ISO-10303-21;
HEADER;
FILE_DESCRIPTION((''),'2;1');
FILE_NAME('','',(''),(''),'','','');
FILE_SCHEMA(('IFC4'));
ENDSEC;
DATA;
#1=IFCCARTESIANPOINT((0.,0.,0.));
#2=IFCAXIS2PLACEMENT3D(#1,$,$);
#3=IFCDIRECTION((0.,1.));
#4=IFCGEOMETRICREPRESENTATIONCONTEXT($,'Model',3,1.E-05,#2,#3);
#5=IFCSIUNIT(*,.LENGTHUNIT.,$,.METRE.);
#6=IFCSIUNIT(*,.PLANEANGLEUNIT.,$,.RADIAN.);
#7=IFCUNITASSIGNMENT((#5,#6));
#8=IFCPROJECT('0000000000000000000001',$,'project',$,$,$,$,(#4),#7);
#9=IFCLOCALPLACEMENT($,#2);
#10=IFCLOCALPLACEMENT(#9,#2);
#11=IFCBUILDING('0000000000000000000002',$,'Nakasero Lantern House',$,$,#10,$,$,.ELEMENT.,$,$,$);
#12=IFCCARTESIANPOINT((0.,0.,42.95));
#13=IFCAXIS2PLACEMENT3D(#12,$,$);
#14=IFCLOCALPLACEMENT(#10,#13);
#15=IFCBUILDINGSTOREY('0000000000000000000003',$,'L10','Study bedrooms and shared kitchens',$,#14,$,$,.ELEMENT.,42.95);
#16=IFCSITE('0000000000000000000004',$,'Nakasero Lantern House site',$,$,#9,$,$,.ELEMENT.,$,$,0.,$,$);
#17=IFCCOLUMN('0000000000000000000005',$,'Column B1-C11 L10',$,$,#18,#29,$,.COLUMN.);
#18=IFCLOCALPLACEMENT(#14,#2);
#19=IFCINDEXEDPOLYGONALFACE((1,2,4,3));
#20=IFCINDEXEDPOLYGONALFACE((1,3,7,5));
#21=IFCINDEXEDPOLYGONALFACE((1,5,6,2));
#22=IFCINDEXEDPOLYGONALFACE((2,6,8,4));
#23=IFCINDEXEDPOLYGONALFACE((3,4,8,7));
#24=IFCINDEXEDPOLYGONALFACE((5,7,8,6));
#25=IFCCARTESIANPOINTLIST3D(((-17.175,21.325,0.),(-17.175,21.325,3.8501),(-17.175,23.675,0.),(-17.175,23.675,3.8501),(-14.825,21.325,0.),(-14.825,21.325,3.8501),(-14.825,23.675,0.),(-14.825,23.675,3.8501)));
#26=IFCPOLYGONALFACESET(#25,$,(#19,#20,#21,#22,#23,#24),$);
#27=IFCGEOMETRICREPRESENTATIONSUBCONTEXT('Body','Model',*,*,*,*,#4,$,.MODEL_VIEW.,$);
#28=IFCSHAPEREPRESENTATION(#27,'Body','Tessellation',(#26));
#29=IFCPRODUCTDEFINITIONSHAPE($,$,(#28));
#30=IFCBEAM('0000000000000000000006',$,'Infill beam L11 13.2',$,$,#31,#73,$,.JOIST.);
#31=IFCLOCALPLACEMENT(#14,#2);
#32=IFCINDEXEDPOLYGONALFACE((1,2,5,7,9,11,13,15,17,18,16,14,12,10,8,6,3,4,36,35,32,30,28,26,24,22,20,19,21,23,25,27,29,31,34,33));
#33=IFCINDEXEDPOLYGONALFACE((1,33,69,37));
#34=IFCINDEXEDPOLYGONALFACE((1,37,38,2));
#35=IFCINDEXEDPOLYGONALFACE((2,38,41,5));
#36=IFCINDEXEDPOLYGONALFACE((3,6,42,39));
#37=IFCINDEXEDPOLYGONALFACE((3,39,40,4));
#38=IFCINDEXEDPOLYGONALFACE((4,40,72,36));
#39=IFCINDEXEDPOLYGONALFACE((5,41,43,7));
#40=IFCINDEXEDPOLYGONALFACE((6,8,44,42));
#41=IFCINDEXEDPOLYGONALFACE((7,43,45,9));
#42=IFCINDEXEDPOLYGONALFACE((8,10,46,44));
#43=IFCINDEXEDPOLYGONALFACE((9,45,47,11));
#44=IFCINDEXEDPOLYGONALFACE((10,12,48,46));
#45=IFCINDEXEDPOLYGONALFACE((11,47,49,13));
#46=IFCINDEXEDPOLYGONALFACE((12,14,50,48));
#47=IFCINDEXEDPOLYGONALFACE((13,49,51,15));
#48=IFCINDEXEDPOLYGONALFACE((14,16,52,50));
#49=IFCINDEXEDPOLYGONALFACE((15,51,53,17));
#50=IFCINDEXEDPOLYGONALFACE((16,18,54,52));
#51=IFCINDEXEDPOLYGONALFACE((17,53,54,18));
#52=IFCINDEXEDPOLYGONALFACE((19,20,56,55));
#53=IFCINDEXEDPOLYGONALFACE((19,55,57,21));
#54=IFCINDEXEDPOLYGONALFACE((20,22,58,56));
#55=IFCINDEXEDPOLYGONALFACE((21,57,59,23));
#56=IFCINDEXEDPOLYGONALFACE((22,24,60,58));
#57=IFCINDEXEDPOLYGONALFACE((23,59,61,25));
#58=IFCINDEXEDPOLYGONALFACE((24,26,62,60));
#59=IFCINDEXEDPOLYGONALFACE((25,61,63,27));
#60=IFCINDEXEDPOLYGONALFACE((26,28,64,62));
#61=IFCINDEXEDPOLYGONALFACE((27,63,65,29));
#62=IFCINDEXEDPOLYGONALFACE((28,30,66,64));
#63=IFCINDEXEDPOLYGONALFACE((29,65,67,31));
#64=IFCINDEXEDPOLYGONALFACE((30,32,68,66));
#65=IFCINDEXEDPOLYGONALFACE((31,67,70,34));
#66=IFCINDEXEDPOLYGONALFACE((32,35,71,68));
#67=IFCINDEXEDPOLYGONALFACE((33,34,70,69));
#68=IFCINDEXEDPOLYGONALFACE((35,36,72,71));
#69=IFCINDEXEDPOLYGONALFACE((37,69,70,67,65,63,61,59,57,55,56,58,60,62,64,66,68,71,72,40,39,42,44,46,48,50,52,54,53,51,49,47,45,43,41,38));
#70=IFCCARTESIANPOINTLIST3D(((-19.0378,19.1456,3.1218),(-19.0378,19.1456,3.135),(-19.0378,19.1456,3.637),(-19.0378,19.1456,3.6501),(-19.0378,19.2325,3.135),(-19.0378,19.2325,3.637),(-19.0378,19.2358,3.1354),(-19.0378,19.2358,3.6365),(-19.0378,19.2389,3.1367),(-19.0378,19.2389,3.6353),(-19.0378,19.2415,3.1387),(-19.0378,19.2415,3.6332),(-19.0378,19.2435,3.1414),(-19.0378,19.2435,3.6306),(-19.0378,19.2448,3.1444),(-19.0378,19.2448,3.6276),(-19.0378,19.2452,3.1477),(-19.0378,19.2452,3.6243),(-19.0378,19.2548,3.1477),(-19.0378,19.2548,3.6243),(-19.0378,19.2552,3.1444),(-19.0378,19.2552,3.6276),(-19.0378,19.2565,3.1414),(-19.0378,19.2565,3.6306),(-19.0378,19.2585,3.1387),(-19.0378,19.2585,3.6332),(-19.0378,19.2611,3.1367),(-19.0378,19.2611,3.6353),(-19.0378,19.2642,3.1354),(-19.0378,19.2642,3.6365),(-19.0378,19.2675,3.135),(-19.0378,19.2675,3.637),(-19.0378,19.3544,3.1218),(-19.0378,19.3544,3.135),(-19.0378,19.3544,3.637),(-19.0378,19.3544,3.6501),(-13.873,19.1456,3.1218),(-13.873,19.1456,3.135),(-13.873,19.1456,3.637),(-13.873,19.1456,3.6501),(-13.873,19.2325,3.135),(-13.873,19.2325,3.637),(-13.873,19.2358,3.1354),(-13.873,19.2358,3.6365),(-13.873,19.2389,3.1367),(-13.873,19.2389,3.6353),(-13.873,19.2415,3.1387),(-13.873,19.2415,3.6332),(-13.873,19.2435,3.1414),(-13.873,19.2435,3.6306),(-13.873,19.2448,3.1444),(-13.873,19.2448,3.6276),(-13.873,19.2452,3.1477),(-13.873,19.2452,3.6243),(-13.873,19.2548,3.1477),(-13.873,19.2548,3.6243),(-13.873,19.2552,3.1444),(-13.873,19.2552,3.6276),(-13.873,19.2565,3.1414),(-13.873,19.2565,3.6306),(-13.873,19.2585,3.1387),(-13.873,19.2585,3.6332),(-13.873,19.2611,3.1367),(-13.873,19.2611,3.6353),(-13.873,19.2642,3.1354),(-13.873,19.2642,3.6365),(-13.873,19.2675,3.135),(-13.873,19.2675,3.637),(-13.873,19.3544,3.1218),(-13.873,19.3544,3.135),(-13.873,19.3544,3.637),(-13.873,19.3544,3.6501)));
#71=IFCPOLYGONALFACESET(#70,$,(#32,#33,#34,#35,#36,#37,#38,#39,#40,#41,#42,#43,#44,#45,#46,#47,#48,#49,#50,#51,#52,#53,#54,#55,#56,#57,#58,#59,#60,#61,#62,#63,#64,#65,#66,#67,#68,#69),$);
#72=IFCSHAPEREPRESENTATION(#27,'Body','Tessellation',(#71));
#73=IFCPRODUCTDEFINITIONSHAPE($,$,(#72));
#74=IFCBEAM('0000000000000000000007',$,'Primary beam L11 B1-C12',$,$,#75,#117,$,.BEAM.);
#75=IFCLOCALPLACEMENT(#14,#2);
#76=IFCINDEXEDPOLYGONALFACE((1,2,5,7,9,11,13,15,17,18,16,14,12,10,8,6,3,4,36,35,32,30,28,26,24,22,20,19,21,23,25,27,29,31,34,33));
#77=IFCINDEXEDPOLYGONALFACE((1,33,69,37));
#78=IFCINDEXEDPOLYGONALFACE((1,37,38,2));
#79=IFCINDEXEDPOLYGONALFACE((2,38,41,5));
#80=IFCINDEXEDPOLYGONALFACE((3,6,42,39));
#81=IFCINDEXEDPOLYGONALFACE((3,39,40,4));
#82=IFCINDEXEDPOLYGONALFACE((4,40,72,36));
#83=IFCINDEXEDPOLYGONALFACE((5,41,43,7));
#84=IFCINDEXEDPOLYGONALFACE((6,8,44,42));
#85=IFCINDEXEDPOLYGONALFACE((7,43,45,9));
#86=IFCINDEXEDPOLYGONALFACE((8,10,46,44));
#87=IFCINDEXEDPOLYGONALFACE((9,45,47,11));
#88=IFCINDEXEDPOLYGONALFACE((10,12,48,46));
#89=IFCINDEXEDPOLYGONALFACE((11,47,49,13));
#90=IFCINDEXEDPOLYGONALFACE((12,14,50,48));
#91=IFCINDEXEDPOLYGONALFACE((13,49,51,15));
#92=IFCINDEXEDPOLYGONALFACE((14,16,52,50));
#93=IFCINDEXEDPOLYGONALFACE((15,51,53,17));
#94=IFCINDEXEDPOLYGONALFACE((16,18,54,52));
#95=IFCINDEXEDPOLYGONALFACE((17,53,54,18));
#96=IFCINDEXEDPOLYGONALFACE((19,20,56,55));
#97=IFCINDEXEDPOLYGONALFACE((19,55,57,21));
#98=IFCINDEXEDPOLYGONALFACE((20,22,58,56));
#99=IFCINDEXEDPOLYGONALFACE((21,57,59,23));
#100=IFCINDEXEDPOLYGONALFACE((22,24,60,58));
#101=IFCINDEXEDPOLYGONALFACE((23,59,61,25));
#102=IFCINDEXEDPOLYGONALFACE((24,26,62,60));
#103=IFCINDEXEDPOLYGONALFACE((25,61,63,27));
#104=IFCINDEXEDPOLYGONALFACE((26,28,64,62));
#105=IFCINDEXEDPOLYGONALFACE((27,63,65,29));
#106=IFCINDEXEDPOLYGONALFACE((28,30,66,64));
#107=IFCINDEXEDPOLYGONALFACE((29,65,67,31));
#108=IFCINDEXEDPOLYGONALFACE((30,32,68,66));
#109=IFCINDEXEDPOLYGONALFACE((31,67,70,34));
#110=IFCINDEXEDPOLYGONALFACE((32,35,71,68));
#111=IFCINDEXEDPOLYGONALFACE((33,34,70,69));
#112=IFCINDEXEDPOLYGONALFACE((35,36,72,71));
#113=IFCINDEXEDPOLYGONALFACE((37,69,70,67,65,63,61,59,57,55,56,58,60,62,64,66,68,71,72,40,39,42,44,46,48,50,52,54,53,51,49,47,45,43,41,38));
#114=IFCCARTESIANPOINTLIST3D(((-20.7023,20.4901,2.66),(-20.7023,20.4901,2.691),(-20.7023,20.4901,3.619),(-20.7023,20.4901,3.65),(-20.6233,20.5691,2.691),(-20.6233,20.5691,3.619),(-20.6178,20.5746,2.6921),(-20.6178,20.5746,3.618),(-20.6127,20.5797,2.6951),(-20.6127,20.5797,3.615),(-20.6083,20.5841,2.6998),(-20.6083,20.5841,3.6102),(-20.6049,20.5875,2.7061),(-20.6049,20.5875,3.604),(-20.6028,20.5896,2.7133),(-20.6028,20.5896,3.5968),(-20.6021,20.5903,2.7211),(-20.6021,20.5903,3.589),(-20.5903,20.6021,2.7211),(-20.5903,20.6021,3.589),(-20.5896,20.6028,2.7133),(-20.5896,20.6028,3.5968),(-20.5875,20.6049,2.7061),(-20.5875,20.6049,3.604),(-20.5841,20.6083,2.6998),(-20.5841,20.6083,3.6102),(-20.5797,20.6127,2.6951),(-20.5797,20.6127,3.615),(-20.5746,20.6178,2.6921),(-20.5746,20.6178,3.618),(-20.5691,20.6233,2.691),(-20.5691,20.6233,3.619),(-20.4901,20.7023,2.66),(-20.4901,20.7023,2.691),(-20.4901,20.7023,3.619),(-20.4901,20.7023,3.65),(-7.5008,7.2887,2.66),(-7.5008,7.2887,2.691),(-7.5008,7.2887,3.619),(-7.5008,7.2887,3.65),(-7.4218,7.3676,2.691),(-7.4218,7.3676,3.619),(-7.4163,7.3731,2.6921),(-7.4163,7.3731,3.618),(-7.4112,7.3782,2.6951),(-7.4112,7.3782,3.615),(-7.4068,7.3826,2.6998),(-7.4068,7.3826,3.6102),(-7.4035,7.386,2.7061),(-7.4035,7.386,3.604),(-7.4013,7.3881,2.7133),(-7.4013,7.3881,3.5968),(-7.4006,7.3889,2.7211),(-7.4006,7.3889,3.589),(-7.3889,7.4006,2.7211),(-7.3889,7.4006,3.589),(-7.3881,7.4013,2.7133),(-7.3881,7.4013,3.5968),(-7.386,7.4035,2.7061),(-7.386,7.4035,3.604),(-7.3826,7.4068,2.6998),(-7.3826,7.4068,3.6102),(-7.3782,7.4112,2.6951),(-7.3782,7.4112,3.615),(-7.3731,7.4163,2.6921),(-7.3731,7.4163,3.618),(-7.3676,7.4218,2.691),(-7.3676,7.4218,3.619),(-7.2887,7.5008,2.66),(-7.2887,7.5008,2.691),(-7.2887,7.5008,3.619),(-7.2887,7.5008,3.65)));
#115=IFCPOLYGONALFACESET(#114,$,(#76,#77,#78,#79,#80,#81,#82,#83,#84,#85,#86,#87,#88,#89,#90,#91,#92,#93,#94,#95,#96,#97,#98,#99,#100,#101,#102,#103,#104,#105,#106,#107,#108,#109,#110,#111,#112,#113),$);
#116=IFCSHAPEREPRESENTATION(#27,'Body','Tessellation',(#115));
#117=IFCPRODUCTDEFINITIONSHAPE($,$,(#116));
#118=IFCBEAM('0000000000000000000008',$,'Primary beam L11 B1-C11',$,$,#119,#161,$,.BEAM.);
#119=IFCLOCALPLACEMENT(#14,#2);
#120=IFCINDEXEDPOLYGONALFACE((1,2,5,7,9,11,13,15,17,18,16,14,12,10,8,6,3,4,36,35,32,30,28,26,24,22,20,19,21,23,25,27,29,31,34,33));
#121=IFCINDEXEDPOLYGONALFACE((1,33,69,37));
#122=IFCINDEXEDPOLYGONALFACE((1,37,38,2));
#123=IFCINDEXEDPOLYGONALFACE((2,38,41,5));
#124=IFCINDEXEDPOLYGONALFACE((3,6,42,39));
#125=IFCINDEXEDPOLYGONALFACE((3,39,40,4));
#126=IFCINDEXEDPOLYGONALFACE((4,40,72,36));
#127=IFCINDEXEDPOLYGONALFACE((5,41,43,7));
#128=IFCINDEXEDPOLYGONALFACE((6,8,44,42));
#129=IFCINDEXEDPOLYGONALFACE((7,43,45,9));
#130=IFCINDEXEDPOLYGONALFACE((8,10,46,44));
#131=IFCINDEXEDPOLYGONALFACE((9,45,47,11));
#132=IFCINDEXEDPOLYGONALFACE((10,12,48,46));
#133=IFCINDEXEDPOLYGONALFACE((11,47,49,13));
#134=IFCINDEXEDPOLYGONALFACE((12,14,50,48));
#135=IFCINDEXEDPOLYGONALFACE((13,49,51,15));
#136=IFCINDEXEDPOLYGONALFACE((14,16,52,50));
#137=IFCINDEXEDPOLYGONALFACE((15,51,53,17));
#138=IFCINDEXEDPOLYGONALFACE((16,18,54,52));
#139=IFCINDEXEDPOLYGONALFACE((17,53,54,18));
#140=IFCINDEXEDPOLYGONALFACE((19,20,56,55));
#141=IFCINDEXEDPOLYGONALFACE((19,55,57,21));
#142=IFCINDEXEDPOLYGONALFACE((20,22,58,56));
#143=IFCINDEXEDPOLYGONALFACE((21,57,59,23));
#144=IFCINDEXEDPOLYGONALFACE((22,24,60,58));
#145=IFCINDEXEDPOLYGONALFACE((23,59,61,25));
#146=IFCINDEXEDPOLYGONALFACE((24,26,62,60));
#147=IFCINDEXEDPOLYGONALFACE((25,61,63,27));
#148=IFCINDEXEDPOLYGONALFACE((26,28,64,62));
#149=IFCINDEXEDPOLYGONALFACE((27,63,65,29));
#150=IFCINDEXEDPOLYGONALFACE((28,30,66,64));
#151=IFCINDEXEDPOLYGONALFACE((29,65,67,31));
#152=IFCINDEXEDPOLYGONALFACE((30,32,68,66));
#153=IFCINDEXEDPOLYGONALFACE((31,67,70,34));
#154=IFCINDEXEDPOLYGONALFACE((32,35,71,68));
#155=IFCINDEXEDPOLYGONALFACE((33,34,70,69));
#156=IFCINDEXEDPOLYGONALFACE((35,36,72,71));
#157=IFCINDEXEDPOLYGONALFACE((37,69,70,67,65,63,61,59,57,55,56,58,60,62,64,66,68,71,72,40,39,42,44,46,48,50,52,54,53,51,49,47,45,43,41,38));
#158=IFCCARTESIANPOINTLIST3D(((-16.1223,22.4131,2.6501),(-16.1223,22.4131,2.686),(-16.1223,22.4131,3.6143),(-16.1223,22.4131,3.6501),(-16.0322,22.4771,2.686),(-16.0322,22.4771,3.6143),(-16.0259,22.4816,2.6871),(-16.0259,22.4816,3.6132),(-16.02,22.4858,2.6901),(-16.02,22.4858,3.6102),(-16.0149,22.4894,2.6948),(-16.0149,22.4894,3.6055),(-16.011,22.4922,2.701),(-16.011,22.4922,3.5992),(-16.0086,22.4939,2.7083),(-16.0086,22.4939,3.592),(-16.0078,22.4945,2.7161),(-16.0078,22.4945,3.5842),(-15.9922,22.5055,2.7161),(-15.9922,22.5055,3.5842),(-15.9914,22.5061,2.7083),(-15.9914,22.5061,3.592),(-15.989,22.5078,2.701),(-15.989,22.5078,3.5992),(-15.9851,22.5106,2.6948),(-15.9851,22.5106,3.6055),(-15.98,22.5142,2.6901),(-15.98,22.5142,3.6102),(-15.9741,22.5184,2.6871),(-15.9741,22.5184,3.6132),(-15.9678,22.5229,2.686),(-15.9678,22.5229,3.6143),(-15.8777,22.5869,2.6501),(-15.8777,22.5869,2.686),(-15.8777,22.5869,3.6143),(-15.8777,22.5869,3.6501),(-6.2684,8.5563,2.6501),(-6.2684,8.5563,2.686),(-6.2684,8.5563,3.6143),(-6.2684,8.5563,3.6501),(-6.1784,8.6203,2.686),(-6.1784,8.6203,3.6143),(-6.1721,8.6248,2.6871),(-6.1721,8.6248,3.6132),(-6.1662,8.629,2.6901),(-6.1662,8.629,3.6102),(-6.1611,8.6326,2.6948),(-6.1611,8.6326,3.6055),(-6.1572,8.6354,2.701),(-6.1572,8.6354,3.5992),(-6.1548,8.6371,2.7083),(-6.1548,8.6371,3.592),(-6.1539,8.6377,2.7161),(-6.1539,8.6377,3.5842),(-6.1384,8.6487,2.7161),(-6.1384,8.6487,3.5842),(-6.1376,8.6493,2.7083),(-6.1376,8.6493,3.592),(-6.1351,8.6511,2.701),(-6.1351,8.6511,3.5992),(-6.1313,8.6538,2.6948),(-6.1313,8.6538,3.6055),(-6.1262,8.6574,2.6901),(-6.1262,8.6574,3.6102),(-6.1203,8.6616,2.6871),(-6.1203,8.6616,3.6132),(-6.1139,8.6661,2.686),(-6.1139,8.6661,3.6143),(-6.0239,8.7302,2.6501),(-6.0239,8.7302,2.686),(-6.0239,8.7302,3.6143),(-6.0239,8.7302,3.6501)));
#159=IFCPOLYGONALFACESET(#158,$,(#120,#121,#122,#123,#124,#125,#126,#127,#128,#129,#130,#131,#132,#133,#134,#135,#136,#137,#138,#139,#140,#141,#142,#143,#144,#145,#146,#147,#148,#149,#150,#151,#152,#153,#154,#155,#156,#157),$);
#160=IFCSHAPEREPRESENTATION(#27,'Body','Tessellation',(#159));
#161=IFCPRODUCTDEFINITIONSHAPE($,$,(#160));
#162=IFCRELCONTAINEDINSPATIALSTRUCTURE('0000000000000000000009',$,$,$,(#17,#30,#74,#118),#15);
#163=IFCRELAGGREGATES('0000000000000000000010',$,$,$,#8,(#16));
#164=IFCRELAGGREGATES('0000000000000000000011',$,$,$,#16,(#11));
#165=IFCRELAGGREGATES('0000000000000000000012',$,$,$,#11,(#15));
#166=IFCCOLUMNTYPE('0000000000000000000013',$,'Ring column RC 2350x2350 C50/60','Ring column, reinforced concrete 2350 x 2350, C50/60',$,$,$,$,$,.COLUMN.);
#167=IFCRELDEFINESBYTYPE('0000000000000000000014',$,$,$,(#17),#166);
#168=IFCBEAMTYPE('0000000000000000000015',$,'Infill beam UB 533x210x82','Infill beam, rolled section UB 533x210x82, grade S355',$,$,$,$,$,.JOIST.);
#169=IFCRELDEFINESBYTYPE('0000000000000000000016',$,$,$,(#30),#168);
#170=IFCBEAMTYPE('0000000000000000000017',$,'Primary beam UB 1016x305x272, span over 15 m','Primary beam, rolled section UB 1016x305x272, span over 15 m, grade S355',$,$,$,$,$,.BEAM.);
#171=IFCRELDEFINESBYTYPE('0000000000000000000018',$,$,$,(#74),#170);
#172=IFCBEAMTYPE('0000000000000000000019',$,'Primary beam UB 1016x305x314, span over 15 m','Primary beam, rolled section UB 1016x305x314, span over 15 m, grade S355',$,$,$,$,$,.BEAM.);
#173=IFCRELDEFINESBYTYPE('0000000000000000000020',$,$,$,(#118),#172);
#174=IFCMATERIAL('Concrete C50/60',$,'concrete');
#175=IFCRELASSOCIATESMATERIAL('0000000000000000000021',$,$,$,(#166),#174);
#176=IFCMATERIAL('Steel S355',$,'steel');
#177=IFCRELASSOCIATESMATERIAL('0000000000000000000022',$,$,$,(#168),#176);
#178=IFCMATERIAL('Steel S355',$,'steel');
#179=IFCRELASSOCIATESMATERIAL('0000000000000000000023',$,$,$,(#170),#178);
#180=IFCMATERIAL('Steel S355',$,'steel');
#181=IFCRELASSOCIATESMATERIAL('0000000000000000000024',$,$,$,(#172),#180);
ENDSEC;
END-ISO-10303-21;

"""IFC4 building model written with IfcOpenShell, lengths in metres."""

from ifc_helpers import new_model, si_unit, direction, frame, origin, origin_2d, place, context, subcontext, project, spatial, rectangle, i_section, extrude, material, material_profile, profile_set, type_object, element, save


model = new_model("IFC4")

# Units and contexts
model_context = context("Model", 3, precision=1e-05, world=origin(), true_north=direction((0.0, 1.0)))
body_context = subcontext(model_context, "Body", "Model", "MODEL_VIEW")
ifc_project = project(units=[si_unit("LENGTHUNIT", "METRE"), si_unit("PLANEANGLEUNIT", "RADIAN")], contexts=[model_context])

# Site, building, storey
site_placement = place(None, origin())
site = spatial("IfcSite", under=ifc_project, at=site_placement, Name="Nakasero Lantern House site", CompositionType="ELEMENT", RefElevation=0.0)
building_placement = place(site_placement, origin())
building = spatial("IfcBuilding", under=site, at=building_placement, Name="Nakasero Lantern House", CompositionType="ELEMENT")
storey_placement = place(building_placement, frame((0.0, 0.0, 42.95)))
storey = spatial("IfcBuildingStorey", under=building, at=storey_placement, Name="L10", Description="Study bedrooms and shared kitchens", CompositionType="ELEMENT", Elevation=42.95)

# Column
ifc_material_1 = material(Name="Concrete C50/60", Category="concrete")
ifc_material_profile_1 = material_profile(ifc_material_1, rectangle(XDim=2.3501, YDim=2.3501, at=origin_2d()), Name="RC 2350x2350")
ifc_profile_set_1 = profile_set([ifc_material_profile_1], Name="Concrete C50/60")
column_type = type_object("IfcColumnType", Name="Ring column RC 2350x2350 C50/60", Description="Ring column, reinforced concrete 2350 x 2350, C50/60", PredefinedType="COLUMN", material=ifc_profile_set_1)
column_placement = place(storey_placement, frame((-16.0, 22.5, 0.0), z_axis=(0.0, 0.0, 1.0), x_axis=(1.0, 0.0, 0.0)))
element("IfcColumn", 1, at=column_placement, inside=storey, type_object=column_type, Name="Column B1-C11 L10", PredefinedType="COLUMN", context=body_context, shape_type="SweptSolid", body=[
    extrude(rectangle(XDim=2.3501, YDim=2.3501, at=origin_2d()), origin(), (0.0, 0.0, 1.0), 3.8501),
])

# Beams
ifc_material_2 = material(Name="Steel S355", Category="steel")
ifc_material_profile_2 = material_profile(ifc_material_2, i_section(OverallWidth=0.2087, OverallDepth=0.5283, WebThickness=0.0095, FlangeThickness=0.0132, FilletRadius=0.0127, at=origin_2d()), Name="UB 533x210x82")
ifc_profile_set_2 = profile_set([ifc_material_profile_2], Name="Steel S355")
beam_type_1 = type_object("IfcBeamType", Name="Infill beam UB 533x210x82", Description="Infill beam, rolled section UB 533x210x82, grade S355", PredefinedType="JOIST", material=ifc_profile_set_2)
beam_1_placement = place(storey_placement, frame((-19.0378, 19.25, 3.386), z_axis=(1.0, 0.0, 0.0), x_axis=(0.0, 1.0, 0.0)))
element("IfcBeam", 2, at=beam_1_placement, inside=storey, type_object=beam_type_1, Name="Infill beam L11 13.2", PredefinedType="JOIST", context=body_context, shape_type="SweptSolid", body=[
    extrude(i_section(OverallWidth=0.2087, OverallDepth=0.5283, WebThickness=0.0095, FlangeThickness=0.0132, FilletRadius=0.0127, at=origin_2d()), origin(), (0.0, 0.0, 1.0), 5.1648),
])
ifc_material_3 = material(Name="Steel S355", Category="steel")
ifc_material_profile_3 = material_profile(ifc_material_3, i_section(OverallWidth=0.3, OverallDepth=0.99, WebThickness=0.0166, FlangeThickness=0.031, FilletRadius=0.03, at=origin_2d()), Name="UB 1016x305x272")
ifc_profile_set_3 = profile_set([ifc_material_profile_3], Name="Steel S355")
beam_type_2 = type_object("IfcBeamType", Name="Primary beam UB 1016x305x272, span over 15 m", Description="Primary beam, rolled section UB 1016x305x272, span over 15 m, grade S355", PredefinedType="BEAM", material=ifc_profile_set_3)
beam_2_placement = place(storey_placement, frame((-20.5962, 20.5962, 3.155), z_axis=(0.707107, -0.707107, 0.0), x_axis=(0.707107, 0.707107, 0.0)))
element("IfcBeam", 3, at=beam_2_placement, inside=storey, type_object=beam_type_2, Name="Primary beam L11 B1-C12", PredefinedType="BEAM", context=body_context, shape_type="SweptSolid", body=[
    extrude(i_section(OverallWidth=0.3, OverallDepth=0.99, WebThickness=0.0166, FlangeThickness=0.031, FilletRadius=0.03, at=origin_2d()), origin(), (0.0, 0.0, 1.0), 18.6697),
])
ifc_material_4 = material(Name="Steel S355", Category="steel")
ifc_material_profile_4 = material_profile(ifc_material_4, i_section(OverallWidth=0.3, OverallDepth=1.0, WebThickness=0.019, FlangeThickness=0.0359, FilletRadius=0.03, at=origin_2d()), Name="UB 1016x305x314")
ifc_profile_set_4 = profile_set([ifc_material_profile_4], Name="Steel S355")
beam_type_3 = type_object("IfcBeamType", Name="Primary beam UB 1016x305x314, span over 15 m", Description="Primary beam, rolled section UB 1016x305x314, span over 15 m, grade S355", PredefinedType="BEAM", material=ifc_profile_set_4)
beam_3_placement = place(storey_placement, frame((-16.0, 22.5, 3.1501), z_axis=(0.579528, -0.814952, 0.0), x_axis=(0.814952, 0.579528, 0.0)))
element("IfcBeam", 4, at=beam_3_placement, inside=storey, type_object=beam_type_3, Name="Primary beam L11 B1-C11", PredefinedType="BEAM", context=body_context, shape_type="SweptSolid", body=[
    extrude(i_section(OverallWidth=0.3, OverallDepth=1.0, WebThickness=0.019, FlangeThickness=0.0359, FilletRadius=0.03, at=origin_2d()), origin(), (0.0, 0.0, 1.0), 17.0032),
])

save(model, "model.ifc")
